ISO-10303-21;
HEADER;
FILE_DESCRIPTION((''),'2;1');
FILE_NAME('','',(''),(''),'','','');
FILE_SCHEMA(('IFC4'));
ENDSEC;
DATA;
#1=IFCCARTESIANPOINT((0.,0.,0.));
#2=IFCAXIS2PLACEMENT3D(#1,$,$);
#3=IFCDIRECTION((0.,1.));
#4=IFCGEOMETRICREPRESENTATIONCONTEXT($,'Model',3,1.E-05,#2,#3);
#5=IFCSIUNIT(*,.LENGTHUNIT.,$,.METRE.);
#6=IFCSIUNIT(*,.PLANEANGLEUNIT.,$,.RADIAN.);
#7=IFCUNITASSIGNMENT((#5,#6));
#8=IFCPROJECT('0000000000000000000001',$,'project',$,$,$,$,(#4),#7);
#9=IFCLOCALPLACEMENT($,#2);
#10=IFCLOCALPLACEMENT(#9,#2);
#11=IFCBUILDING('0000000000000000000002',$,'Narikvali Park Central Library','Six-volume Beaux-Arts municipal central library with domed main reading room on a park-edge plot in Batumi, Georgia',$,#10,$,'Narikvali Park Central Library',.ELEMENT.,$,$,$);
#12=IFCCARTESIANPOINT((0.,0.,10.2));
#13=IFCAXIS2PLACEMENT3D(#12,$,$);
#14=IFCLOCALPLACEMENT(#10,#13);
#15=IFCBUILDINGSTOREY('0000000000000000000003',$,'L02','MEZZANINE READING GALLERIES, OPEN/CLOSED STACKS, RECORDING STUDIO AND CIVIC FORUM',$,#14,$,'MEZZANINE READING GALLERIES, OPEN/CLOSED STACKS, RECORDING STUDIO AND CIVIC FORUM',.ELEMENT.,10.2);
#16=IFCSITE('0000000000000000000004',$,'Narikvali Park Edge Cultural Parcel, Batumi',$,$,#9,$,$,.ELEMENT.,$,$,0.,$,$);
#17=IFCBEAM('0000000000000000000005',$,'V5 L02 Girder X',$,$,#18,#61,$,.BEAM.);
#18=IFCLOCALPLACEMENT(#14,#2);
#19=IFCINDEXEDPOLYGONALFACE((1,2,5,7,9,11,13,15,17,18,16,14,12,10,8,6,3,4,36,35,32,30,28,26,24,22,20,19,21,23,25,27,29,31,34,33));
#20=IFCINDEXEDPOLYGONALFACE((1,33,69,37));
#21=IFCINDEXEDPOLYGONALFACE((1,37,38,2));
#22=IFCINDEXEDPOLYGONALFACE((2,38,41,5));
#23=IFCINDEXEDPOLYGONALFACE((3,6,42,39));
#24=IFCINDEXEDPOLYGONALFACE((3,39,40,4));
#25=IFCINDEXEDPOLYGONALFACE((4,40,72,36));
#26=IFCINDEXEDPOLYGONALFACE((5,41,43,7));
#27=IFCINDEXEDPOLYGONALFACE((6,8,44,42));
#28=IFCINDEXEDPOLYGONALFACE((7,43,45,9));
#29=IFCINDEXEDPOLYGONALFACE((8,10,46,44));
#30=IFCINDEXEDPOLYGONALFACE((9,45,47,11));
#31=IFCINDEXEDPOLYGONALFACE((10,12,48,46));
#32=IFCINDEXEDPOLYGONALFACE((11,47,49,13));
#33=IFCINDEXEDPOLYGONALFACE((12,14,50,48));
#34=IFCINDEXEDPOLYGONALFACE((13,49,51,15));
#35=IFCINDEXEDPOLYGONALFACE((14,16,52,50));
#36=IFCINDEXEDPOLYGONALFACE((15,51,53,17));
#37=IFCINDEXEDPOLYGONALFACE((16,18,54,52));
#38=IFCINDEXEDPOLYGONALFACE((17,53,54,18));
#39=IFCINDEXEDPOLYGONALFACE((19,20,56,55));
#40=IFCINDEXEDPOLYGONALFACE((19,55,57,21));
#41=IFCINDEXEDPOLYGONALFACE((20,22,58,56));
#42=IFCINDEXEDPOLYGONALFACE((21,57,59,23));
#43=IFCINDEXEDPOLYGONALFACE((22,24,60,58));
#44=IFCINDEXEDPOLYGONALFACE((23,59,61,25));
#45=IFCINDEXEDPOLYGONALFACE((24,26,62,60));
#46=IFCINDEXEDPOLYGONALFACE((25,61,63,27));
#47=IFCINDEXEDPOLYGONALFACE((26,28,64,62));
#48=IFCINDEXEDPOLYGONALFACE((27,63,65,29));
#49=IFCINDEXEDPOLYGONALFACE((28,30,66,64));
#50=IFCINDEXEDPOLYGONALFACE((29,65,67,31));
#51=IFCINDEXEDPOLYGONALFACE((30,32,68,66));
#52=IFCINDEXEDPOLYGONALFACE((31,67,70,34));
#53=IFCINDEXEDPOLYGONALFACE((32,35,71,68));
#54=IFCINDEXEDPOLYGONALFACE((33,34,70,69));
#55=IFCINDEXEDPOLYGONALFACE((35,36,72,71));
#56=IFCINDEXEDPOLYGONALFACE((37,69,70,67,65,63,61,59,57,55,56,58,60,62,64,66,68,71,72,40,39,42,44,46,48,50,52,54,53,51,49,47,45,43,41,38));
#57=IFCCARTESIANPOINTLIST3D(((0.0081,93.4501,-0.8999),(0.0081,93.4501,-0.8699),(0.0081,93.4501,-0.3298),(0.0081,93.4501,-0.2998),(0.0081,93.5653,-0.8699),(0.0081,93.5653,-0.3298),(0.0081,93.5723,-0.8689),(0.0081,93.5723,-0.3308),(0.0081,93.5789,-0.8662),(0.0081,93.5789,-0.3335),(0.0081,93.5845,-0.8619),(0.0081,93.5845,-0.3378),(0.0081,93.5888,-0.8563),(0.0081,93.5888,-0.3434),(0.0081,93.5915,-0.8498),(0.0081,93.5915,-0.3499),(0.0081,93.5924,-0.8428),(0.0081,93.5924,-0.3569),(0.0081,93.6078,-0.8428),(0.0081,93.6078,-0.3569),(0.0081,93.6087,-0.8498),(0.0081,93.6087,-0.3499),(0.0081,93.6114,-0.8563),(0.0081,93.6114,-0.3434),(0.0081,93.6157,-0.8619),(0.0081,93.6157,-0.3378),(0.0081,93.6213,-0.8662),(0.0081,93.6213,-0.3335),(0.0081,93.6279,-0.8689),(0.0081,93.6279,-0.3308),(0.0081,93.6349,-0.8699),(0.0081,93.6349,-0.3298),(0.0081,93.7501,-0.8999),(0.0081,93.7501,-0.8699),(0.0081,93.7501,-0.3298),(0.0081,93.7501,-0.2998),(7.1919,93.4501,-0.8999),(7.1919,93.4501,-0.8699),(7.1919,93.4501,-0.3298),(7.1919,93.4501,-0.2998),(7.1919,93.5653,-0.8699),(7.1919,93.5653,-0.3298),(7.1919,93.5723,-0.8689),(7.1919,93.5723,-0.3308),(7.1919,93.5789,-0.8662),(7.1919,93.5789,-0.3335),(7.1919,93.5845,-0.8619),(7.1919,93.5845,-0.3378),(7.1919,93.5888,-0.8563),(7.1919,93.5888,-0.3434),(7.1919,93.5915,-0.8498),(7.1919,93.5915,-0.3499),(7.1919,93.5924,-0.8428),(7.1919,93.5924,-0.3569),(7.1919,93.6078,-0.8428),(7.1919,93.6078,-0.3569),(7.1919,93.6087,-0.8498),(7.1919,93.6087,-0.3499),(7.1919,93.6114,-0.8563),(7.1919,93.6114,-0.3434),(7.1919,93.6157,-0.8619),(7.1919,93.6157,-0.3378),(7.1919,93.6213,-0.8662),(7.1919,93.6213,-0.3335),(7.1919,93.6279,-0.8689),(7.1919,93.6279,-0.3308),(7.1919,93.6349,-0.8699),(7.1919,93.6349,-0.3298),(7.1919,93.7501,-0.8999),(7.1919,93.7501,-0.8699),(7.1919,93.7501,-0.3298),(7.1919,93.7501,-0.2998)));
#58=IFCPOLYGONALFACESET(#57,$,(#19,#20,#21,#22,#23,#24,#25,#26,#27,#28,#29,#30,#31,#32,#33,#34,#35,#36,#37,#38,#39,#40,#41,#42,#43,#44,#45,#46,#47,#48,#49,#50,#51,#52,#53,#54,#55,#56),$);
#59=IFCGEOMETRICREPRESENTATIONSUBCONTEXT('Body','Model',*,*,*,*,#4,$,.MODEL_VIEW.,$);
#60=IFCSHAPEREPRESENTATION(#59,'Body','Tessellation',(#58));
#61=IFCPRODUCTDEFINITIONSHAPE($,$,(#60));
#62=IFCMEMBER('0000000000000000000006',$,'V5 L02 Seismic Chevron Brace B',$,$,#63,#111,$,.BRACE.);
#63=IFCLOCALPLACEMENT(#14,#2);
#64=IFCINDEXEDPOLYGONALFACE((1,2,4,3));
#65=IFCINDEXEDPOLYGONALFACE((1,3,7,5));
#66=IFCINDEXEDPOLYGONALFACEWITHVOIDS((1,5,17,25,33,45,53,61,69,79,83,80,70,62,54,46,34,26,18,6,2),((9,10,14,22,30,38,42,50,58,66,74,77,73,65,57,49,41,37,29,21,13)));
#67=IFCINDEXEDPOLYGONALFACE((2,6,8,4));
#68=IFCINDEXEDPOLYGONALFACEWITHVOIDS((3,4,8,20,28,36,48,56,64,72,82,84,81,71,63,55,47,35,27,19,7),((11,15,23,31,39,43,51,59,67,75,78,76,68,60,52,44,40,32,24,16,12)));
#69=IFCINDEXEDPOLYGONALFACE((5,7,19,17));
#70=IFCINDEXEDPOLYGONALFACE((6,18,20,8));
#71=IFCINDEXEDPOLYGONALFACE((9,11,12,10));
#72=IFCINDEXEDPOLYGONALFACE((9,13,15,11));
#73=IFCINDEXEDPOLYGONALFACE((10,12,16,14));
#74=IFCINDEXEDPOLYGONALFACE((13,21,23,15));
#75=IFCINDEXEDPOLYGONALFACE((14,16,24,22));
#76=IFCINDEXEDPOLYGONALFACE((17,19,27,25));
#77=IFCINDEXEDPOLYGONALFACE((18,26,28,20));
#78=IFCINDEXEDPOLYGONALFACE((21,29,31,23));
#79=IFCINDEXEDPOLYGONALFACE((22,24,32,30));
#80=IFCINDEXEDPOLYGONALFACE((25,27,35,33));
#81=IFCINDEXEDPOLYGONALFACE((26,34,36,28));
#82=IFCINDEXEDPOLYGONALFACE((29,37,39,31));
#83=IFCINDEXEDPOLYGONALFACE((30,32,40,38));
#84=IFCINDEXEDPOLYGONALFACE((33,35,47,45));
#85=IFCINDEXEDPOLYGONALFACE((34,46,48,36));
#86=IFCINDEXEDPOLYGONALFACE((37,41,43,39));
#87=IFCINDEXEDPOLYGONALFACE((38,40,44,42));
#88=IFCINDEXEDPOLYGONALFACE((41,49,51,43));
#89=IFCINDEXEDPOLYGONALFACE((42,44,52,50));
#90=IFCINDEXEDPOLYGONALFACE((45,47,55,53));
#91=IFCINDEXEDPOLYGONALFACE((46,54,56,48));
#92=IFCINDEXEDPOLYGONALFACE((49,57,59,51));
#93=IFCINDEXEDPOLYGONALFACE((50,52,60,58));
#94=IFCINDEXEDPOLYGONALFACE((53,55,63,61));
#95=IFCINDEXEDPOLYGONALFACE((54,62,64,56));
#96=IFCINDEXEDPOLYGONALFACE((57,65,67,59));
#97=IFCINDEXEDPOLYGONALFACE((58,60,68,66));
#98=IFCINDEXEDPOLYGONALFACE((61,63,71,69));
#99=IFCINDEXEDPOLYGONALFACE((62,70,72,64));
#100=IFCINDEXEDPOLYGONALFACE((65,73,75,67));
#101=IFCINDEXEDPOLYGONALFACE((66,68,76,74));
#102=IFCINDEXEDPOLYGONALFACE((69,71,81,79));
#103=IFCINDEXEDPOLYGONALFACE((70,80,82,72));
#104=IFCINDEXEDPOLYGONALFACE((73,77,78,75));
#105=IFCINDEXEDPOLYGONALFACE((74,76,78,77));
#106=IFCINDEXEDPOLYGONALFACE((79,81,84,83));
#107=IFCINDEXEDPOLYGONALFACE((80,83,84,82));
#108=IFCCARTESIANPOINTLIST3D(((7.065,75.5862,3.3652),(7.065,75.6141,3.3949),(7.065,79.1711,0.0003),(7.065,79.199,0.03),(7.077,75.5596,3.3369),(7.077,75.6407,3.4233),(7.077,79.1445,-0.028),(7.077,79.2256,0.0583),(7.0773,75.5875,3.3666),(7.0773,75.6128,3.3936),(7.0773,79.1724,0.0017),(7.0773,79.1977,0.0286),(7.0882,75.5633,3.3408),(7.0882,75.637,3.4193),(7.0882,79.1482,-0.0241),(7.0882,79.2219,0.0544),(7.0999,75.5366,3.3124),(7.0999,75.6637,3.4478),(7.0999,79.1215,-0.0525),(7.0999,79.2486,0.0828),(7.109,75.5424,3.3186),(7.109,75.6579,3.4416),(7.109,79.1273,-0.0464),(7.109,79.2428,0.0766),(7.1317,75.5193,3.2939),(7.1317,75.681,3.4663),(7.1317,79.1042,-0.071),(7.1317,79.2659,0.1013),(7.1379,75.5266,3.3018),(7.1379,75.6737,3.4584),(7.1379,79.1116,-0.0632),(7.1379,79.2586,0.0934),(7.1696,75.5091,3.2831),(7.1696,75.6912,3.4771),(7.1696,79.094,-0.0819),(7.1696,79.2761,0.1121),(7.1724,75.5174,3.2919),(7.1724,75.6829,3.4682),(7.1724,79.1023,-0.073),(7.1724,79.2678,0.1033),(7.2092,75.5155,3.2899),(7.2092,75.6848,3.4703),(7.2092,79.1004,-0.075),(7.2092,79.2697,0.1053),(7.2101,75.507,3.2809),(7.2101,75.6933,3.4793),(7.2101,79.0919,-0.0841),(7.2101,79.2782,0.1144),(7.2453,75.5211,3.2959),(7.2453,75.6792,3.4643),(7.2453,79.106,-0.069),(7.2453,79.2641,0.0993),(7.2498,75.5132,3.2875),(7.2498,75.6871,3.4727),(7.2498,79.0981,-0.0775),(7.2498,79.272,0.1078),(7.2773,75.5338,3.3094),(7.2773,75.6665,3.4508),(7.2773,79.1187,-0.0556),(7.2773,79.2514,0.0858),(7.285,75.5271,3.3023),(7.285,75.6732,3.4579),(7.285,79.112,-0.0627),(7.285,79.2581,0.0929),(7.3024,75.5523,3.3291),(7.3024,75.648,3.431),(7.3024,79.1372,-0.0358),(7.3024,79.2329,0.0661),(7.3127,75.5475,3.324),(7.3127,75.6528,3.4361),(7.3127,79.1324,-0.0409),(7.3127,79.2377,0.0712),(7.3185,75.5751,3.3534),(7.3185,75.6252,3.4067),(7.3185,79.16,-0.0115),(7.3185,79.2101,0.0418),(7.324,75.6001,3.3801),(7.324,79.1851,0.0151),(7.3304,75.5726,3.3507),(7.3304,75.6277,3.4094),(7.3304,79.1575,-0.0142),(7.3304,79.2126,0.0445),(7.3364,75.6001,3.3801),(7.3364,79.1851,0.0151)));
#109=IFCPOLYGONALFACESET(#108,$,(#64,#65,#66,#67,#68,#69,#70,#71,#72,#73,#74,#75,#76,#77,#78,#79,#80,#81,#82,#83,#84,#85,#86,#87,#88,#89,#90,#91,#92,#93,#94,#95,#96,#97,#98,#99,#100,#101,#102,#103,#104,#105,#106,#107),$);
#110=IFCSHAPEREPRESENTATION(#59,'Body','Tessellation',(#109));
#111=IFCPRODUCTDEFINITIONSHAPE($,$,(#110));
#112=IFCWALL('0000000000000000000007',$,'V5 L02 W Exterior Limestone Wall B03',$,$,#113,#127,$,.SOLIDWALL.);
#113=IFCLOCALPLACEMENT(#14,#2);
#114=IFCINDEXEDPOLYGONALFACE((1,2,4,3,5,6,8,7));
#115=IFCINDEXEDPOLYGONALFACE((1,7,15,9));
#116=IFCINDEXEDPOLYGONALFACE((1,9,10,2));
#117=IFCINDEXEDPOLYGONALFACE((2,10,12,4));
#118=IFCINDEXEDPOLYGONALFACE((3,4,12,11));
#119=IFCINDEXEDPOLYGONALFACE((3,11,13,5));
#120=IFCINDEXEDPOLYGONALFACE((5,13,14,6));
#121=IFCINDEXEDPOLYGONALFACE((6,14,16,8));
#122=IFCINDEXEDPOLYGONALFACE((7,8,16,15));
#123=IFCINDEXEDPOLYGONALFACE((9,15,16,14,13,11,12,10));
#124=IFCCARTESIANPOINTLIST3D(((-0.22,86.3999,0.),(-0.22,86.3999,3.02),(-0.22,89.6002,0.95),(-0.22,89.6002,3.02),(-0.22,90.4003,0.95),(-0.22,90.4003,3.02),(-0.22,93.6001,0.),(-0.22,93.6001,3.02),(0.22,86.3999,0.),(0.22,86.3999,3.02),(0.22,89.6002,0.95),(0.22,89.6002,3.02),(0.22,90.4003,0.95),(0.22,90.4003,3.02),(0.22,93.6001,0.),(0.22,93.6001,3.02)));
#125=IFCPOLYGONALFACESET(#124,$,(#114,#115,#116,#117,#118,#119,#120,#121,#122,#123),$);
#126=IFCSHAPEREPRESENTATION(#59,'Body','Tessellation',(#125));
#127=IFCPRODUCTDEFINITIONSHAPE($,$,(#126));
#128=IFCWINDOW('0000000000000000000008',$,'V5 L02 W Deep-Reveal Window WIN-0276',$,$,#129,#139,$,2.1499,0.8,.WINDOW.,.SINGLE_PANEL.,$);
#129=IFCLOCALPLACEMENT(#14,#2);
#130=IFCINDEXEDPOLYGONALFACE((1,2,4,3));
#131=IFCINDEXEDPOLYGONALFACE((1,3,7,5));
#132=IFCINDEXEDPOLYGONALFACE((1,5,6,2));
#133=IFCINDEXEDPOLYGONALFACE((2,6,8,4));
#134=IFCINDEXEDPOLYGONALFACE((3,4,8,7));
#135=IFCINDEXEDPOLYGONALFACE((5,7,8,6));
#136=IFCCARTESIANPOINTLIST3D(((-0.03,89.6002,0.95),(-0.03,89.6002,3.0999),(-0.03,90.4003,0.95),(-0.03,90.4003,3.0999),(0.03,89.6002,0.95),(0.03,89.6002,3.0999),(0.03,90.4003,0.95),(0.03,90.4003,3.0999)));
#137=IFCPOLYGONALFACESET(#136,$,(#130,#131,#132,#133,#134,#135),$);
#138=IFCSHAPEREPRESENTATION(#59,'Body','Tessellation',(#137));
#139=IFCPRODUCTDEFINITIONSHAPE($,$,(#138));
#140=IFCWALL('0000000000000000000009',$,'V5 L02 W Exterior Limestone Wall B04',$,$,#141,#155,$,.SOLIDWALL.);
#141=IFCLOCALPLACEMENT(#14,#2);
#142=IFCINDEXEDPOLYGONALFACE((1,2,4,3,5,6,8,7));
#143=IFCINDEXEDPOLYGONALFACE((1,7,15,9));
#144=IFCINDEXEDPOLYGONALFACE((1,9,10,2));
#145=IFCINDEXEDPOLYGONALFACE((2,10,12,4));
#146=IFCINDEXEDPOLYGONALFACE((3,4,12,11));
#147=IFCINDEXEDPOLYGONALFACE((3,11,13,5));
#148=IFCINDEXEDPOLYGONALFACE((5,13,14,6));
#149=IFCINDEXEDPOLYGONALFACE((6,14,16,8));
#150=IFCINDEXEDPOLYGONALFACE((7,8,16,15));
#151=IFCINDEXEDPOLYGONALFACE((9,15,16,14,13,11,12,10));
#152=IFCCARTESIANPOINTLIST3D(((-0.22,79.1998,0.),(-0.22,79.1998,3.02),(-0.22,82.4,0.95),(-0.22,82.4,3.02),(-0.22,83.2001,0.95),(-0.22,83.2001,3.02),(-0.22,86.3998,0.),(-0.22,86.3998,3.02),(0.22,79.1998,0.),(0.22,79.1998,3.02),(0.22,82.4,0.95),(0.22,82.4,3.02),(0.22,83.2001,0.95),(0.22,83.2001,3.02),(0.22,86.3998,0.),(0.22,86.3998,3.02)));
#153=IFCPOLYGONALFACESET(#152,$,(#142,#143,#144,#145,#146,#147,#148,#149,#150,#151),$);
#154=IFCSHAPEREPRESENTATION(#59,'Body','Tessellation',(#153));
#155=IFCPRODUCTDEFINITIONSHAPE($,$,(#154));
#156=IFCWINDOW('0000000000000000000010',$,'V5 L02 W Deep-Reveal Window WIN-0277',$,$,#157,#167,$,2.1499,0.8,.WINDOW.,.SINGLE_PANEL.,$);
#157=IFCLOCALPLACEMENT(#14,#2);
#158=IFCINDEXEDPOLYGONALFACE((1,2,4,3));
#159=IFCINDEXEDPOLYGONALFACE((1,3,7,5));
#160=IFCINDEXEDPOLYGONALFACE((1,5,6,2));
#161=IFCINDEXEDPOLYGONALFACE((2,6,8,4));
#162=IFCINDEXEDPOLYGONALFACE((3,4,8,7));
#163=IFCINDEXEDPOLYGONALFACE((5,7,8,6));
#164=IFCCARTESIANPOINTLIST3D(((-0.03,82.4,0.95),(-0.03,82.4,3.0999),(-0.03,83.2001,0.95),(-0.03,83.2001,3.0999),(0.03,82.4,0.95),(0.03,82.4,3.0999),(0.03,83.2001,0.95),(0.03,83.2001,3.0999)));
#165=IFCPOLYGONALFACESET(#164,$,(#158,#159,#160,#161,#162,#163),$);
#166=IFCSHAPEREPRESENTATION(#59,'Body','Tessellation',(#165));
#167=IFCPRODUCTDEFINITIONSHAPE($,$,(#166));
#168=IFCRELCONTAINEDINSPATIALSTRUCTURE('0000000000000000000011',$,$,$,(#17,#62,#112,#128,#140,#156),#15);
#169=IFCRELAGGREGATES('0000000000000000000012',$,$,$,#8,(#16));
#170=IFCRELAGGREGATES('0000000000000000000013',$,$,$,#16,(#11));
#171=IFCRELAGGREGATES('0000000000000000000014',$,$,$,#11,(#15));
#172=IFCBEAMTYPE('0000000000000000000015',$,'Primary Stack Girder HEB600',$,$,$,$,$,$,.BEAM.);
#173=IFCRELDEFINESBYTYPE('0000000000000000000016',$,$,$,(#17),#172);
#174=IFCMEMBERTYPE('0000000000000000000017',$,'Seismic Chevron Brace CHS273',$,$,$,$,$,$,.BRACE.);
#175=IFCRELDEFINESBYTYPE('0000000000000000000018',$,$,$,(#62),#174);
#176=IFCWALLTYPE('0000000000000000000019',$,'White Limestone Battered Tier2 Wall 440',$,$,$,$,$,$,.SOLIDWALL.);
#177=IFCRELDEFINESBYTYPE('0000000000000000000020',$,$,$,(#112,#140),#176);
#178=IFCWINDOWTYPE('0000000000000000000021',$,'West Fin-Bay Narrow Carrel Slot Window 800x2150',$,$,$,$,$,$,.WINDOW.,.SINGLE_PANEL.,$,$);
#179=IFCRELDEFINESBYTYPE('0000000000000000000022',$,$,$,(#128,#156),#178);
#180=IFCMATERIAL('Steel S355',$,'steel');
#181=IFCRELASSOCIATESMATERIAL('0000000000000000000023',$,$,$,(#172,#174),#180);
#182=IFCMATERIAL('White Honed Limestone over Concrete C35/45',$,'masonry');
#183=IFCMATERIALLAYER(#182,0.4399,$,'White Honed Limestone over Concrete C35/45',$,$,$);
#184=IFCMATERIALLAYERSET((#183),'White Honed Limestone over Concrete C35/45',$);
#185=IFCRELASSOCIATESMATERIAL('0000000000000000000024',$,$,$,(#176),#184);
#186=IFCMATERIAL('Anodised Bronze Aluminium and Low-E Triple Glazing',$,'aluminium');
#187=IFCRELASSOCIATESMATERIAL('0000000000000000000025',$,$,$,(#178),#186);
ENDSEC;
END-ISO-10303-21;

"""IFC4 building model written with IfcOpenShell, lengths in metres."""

from ifc_helpers import new_model, si_unit, direction, frame, frame_2d, origin, origin_2d, place, context, subcontext, project, spatial, rectangle, hollow_circle, i_section, extrude, material, layer, layer_set, material_profile, profile_set, type_object, element, fill, save


model = new_model("IFC4")

# Units and contexts
model_context = context("Model", 3, precision=1e-05, world=origin(), true_north=direction((0.0, 1.0)))
body_context = subcontext(model_context, "Body", "Model", "MODEL_VIEW")
ifc_project = project(units=[si_unit("LENGTHUNIT", "METRE"), si_unit("PLANEANGLEUNIT", "RADIAN")], contexts=[model_context])

# Site, building, storey
site_placement = place(None, origin())
site = spatial("IfcSite", under=ifc_project, at=site_placement, Name="Narikvali Park Edge Cultural Parcel, Batumi", CompositionType="ELEMENT", RefElevation=0.0)
building_placement = place(site_placement, origin())
building = spatial("IfcBuilding", under=site, at=building_placement, Name="Narikvali Park Central Library", Description="Six-volume Beaux-Arts municipal central library with domed main reading room on a park-edge plot in Batumi, Georgia", LongName="Narikvali Park Central Library", CompositionType="ELEMENT")
storey_placement = place(building_placement, frame((0.0, 0.0, 10.2)))
storey = spatial("IfcBuildingStorey", under=building, at=storey_placement, Name="L02", Description="MEZZANINE READING GALLERIES, OPEN/CLOSED STACKS, RECORDING STUDIO AND CIVIC FORUM", LongName="MEZZANINE READING GALLERIES, OPEN/CLOSED STACKS, RECORDING STUDIO AND CIVIC FORUM", CompositionType="ELEMENT", Elevation=10.2)

# Shared definitions
ifc_material_1 = material(Name="Steel S355", Category="steel")

# Beam
ifc_material_profile_1 = material_profile(ifc_material_1, i_section(OverallWidth=0.3, OverallDepth=0.6001, WebThickness=0.0154, FlangeThickness=0.03, FilletRadius=0.0271, at=origin_2d()), Name="HEB 600")
ifc_profile_set_1 = profile_set([ifc_material_profile_1], Name="Steel S355")
beam_type_1 = type_object("IfcBeamType", Name="Primary Stack Girder HEB600", PredefinedType="BEAM", material=ifc_profile_set_1)
for number, where, z_axis, x_axis, name in (
    (1, (0.0081, 93.6001, -0.5999), (1.0, 0.0, 0.0), (0.0, 1.0, 0.0), "V5 L02 Girder X"),
):
    element("IfcBeam", number, at=place(storey_placement, frame(where, z_axis=z_axis, x_axis=x_axis)), inside=storey, type_object=beam_type_1, Name=name, PredefinedType="BEAM", context=body_context, shape_type="SweptSolid", body=[
        extrude(i_section(OverallWidth=0.3, OverallDepth=0.6001, WebThickness=0.0154, FlangeThickness=0.03, FilletRadius=0.0271, at=origin_2d()), origin(), (0.0, 0.0, 1.0), 7.1838),
    ])

# Member
ifc_material_profile_2 = material_profile(ifc_material_1, hollow_circle(Radius=0.1365, WallThickness=0.0125, at=origin_2d()), Name="CHS 273x12.5")
ifc_profile_set_2 = profile_set([ifc_material_profile_2], Name="Steel S355")
member_type = type_object("IfcMemberType", Name="Seismic Chevron Brace CHS273", PredefinedType="BRACE", material=ifc_profile_set_2)
member_placement = place(storey_placement, frame((7.2, 79.1851, 0.0151), z_axis=(0.0, -0.729122, 0.684384), x_axis=(1.0, 0.0, 0.0)))
element("IfcMember", 2, at=member_placement, inside=storey, type_object=member_type, Name="V5 L02 Seismic Chevron Brace B", PredefinedType="BRACE", context=body_context, shape_type="SweptSolid", body=[
    extrude(hollow_circle(Radius=0.1365, WallThickness=0.0125, at=origin_2d()), origin(), (0.0, 0.0, 1.0), 4.9167),
])

# Walls, openings, windows
ifc_material_2 = material(Name="White Honed Limestone over Concrete C35/45", Category="masonry")
ifc_layer_1 = layer(ifc_material_2, 0.4399, Name="White Honed Limestone over Concrete C35/45")
ifc_layer_set_1 = layer_set([ifc_layer_1], Name="White Honed Limestone over Concrete C35/45")
wall_type = type_object("IfcWallType", Name="White Limestone Battered Tier2 Wall 440", PredefinedType="SOLIDWALL", material=ifc_layer_set_1)
wall_1_placement = place(storey_placement, frame((0.0, 93.6001, 0.0), z_axis=(0.0, 0.0, 1.0), x_axis=(0.0, -1.0, 0.0)))
wall_1 = element("IfcWall", 3, at=wall_1_placement, inside=storey, type_object=wall_type, Name="V5 L02 W Exterior Limestone Wall B03", PredefinedType="SOLIDWALL", context=body_context, shape_type="SweptSolid", body=[
    extrude(rectangle(XDim=7.2002, YDim=0.4399, at=frame_2d((3.6001, 0.0))), origin(), (0.0, 0.0, 1.0), 3.02),
])
opening_1_placement = place(wall_1_placement, frame((3.2, 0.0, 0.95)))
opening_1 = element("IfcOpeningElement", 4, at=opening_1_placement, cuts=wall_1, PredefinedType="OPENING", context=body_context, shape_type="SweptSolid", body=[
    extrude(rectangle(XDim=0.8, YDim=2.1499, at=frame_2d((0.3999, 1.075))), frame((0.0, 0.2319, 0.0), z_axis=(0.0, -1.0, 0.0), x_axis=(1.0, 0.0, 0.0)), (0.0, 0.0, 1.0), 0.4639),
])
ifc_material_3 = material(Name="Anodised Bronze Aluminium and Low-E Triple Glazing", Category="aluminium")
window_type = type_object("IfcWindowType", Name="West Fin-Bay Narrow Carrel Slot Window 800x2150", PartitioningType="SINGLE_PANEL", PredefinedType="WINDOW", material=ifc_material_3)
window_1_placement = place(opening_1_placement, origin())
window_1 = element("IfcWindow", 5, at=window_1_placement, inside=storey, type_object=window_type, Name="V5 L02 W Deep-Reveal Window WIN-0276", OverallHeight=2.1499, OverallWidth=0.8, PartitioningType="SINGLE_PANEL", PredefinedType="WINDOW", context=body_context, shape_type="SweptSolid", body=[
    extrude(rectangle(XDim=0.8, YDim=2.1499, at=frame_2d((0.3999, 1.075))), frame((0.0, 0.03, 0.0), z_axis=(0.0, -1.0, 0.0), x_axis=(1.0, 0.0, 0.0)), (0.0, 0.0, 1.0), 0.0601),
])
fill(opening_1, window_1)
wall_2_placement = place(storey_placement, frame((0.0, 86.3999, 0.0), z_axis=(0.0, 0.0, 1.0), x_axis=(0.0, -1.0, 0.0)))
wall_2 = element("IfcWall", 6, at=wall_2_placement, inside=storey, type_object=wall_type, Name="V5 L02 W Exterior Limestone Wall B04", PredefinedType="SOLIDWALL", context=body_context, shape_type="SweptSolid", body=[
    extrude(rectangle(XDim=7.2, YDim=0.4399, at=frame_2d((3.6001, 0.0))), origin(), (0.0, 0.0, 1.0), 3.02),
])
opening_2_placement = place(wall_2_placement, frame((3.2, 0.0, 0.95)))
opening_2 = element("IfcOpeningElement", 7, at=opening_2_placement, cuts=wall_2, PredefinedType="OPENING", context=body_context, shape_type="SweptSolid", body=[
    extrude(rectangle(XDim=0.8, YDim=2.1499, at=frame_2d((0.3999, 1.075))), frame((0.0, 0.2319, 0.0), z_axis=(0.0, -1.0, 0.0), x_axis=(1.0, 0.0, 0.0)), (0.0, 0.0, 1.0), 0.4639),
])
window_2_placement = place(opening_2_placement, origin())
window_2 = element("IfcWindow", 8, at=window_2_placement, inside=storey, type_object=window_type, Name="V5 L02 W Deep-Reveal Window WIN-0277", OverallHeight=2.1499, OverallWidth=0.8, PartitioningType="SINGLE_PANEL", PredefinedType="WINDOW", context=body_context, shape_type="SweptSolid", body=[
    extrude(rectangle(XDim=0.8, YDim=2.1499, at=frame_2d((0.3999, 1.075))), frame((0.0, 0.03, 0.0), z_axis=(0.0, -1.0, 0.0), x_axis=(1.0, 0.0, 0.0)), (0.0, 0.0, 1.0), 0.0601),
])
fill(opening_2, window_2)

save(model, "model.ifc")
